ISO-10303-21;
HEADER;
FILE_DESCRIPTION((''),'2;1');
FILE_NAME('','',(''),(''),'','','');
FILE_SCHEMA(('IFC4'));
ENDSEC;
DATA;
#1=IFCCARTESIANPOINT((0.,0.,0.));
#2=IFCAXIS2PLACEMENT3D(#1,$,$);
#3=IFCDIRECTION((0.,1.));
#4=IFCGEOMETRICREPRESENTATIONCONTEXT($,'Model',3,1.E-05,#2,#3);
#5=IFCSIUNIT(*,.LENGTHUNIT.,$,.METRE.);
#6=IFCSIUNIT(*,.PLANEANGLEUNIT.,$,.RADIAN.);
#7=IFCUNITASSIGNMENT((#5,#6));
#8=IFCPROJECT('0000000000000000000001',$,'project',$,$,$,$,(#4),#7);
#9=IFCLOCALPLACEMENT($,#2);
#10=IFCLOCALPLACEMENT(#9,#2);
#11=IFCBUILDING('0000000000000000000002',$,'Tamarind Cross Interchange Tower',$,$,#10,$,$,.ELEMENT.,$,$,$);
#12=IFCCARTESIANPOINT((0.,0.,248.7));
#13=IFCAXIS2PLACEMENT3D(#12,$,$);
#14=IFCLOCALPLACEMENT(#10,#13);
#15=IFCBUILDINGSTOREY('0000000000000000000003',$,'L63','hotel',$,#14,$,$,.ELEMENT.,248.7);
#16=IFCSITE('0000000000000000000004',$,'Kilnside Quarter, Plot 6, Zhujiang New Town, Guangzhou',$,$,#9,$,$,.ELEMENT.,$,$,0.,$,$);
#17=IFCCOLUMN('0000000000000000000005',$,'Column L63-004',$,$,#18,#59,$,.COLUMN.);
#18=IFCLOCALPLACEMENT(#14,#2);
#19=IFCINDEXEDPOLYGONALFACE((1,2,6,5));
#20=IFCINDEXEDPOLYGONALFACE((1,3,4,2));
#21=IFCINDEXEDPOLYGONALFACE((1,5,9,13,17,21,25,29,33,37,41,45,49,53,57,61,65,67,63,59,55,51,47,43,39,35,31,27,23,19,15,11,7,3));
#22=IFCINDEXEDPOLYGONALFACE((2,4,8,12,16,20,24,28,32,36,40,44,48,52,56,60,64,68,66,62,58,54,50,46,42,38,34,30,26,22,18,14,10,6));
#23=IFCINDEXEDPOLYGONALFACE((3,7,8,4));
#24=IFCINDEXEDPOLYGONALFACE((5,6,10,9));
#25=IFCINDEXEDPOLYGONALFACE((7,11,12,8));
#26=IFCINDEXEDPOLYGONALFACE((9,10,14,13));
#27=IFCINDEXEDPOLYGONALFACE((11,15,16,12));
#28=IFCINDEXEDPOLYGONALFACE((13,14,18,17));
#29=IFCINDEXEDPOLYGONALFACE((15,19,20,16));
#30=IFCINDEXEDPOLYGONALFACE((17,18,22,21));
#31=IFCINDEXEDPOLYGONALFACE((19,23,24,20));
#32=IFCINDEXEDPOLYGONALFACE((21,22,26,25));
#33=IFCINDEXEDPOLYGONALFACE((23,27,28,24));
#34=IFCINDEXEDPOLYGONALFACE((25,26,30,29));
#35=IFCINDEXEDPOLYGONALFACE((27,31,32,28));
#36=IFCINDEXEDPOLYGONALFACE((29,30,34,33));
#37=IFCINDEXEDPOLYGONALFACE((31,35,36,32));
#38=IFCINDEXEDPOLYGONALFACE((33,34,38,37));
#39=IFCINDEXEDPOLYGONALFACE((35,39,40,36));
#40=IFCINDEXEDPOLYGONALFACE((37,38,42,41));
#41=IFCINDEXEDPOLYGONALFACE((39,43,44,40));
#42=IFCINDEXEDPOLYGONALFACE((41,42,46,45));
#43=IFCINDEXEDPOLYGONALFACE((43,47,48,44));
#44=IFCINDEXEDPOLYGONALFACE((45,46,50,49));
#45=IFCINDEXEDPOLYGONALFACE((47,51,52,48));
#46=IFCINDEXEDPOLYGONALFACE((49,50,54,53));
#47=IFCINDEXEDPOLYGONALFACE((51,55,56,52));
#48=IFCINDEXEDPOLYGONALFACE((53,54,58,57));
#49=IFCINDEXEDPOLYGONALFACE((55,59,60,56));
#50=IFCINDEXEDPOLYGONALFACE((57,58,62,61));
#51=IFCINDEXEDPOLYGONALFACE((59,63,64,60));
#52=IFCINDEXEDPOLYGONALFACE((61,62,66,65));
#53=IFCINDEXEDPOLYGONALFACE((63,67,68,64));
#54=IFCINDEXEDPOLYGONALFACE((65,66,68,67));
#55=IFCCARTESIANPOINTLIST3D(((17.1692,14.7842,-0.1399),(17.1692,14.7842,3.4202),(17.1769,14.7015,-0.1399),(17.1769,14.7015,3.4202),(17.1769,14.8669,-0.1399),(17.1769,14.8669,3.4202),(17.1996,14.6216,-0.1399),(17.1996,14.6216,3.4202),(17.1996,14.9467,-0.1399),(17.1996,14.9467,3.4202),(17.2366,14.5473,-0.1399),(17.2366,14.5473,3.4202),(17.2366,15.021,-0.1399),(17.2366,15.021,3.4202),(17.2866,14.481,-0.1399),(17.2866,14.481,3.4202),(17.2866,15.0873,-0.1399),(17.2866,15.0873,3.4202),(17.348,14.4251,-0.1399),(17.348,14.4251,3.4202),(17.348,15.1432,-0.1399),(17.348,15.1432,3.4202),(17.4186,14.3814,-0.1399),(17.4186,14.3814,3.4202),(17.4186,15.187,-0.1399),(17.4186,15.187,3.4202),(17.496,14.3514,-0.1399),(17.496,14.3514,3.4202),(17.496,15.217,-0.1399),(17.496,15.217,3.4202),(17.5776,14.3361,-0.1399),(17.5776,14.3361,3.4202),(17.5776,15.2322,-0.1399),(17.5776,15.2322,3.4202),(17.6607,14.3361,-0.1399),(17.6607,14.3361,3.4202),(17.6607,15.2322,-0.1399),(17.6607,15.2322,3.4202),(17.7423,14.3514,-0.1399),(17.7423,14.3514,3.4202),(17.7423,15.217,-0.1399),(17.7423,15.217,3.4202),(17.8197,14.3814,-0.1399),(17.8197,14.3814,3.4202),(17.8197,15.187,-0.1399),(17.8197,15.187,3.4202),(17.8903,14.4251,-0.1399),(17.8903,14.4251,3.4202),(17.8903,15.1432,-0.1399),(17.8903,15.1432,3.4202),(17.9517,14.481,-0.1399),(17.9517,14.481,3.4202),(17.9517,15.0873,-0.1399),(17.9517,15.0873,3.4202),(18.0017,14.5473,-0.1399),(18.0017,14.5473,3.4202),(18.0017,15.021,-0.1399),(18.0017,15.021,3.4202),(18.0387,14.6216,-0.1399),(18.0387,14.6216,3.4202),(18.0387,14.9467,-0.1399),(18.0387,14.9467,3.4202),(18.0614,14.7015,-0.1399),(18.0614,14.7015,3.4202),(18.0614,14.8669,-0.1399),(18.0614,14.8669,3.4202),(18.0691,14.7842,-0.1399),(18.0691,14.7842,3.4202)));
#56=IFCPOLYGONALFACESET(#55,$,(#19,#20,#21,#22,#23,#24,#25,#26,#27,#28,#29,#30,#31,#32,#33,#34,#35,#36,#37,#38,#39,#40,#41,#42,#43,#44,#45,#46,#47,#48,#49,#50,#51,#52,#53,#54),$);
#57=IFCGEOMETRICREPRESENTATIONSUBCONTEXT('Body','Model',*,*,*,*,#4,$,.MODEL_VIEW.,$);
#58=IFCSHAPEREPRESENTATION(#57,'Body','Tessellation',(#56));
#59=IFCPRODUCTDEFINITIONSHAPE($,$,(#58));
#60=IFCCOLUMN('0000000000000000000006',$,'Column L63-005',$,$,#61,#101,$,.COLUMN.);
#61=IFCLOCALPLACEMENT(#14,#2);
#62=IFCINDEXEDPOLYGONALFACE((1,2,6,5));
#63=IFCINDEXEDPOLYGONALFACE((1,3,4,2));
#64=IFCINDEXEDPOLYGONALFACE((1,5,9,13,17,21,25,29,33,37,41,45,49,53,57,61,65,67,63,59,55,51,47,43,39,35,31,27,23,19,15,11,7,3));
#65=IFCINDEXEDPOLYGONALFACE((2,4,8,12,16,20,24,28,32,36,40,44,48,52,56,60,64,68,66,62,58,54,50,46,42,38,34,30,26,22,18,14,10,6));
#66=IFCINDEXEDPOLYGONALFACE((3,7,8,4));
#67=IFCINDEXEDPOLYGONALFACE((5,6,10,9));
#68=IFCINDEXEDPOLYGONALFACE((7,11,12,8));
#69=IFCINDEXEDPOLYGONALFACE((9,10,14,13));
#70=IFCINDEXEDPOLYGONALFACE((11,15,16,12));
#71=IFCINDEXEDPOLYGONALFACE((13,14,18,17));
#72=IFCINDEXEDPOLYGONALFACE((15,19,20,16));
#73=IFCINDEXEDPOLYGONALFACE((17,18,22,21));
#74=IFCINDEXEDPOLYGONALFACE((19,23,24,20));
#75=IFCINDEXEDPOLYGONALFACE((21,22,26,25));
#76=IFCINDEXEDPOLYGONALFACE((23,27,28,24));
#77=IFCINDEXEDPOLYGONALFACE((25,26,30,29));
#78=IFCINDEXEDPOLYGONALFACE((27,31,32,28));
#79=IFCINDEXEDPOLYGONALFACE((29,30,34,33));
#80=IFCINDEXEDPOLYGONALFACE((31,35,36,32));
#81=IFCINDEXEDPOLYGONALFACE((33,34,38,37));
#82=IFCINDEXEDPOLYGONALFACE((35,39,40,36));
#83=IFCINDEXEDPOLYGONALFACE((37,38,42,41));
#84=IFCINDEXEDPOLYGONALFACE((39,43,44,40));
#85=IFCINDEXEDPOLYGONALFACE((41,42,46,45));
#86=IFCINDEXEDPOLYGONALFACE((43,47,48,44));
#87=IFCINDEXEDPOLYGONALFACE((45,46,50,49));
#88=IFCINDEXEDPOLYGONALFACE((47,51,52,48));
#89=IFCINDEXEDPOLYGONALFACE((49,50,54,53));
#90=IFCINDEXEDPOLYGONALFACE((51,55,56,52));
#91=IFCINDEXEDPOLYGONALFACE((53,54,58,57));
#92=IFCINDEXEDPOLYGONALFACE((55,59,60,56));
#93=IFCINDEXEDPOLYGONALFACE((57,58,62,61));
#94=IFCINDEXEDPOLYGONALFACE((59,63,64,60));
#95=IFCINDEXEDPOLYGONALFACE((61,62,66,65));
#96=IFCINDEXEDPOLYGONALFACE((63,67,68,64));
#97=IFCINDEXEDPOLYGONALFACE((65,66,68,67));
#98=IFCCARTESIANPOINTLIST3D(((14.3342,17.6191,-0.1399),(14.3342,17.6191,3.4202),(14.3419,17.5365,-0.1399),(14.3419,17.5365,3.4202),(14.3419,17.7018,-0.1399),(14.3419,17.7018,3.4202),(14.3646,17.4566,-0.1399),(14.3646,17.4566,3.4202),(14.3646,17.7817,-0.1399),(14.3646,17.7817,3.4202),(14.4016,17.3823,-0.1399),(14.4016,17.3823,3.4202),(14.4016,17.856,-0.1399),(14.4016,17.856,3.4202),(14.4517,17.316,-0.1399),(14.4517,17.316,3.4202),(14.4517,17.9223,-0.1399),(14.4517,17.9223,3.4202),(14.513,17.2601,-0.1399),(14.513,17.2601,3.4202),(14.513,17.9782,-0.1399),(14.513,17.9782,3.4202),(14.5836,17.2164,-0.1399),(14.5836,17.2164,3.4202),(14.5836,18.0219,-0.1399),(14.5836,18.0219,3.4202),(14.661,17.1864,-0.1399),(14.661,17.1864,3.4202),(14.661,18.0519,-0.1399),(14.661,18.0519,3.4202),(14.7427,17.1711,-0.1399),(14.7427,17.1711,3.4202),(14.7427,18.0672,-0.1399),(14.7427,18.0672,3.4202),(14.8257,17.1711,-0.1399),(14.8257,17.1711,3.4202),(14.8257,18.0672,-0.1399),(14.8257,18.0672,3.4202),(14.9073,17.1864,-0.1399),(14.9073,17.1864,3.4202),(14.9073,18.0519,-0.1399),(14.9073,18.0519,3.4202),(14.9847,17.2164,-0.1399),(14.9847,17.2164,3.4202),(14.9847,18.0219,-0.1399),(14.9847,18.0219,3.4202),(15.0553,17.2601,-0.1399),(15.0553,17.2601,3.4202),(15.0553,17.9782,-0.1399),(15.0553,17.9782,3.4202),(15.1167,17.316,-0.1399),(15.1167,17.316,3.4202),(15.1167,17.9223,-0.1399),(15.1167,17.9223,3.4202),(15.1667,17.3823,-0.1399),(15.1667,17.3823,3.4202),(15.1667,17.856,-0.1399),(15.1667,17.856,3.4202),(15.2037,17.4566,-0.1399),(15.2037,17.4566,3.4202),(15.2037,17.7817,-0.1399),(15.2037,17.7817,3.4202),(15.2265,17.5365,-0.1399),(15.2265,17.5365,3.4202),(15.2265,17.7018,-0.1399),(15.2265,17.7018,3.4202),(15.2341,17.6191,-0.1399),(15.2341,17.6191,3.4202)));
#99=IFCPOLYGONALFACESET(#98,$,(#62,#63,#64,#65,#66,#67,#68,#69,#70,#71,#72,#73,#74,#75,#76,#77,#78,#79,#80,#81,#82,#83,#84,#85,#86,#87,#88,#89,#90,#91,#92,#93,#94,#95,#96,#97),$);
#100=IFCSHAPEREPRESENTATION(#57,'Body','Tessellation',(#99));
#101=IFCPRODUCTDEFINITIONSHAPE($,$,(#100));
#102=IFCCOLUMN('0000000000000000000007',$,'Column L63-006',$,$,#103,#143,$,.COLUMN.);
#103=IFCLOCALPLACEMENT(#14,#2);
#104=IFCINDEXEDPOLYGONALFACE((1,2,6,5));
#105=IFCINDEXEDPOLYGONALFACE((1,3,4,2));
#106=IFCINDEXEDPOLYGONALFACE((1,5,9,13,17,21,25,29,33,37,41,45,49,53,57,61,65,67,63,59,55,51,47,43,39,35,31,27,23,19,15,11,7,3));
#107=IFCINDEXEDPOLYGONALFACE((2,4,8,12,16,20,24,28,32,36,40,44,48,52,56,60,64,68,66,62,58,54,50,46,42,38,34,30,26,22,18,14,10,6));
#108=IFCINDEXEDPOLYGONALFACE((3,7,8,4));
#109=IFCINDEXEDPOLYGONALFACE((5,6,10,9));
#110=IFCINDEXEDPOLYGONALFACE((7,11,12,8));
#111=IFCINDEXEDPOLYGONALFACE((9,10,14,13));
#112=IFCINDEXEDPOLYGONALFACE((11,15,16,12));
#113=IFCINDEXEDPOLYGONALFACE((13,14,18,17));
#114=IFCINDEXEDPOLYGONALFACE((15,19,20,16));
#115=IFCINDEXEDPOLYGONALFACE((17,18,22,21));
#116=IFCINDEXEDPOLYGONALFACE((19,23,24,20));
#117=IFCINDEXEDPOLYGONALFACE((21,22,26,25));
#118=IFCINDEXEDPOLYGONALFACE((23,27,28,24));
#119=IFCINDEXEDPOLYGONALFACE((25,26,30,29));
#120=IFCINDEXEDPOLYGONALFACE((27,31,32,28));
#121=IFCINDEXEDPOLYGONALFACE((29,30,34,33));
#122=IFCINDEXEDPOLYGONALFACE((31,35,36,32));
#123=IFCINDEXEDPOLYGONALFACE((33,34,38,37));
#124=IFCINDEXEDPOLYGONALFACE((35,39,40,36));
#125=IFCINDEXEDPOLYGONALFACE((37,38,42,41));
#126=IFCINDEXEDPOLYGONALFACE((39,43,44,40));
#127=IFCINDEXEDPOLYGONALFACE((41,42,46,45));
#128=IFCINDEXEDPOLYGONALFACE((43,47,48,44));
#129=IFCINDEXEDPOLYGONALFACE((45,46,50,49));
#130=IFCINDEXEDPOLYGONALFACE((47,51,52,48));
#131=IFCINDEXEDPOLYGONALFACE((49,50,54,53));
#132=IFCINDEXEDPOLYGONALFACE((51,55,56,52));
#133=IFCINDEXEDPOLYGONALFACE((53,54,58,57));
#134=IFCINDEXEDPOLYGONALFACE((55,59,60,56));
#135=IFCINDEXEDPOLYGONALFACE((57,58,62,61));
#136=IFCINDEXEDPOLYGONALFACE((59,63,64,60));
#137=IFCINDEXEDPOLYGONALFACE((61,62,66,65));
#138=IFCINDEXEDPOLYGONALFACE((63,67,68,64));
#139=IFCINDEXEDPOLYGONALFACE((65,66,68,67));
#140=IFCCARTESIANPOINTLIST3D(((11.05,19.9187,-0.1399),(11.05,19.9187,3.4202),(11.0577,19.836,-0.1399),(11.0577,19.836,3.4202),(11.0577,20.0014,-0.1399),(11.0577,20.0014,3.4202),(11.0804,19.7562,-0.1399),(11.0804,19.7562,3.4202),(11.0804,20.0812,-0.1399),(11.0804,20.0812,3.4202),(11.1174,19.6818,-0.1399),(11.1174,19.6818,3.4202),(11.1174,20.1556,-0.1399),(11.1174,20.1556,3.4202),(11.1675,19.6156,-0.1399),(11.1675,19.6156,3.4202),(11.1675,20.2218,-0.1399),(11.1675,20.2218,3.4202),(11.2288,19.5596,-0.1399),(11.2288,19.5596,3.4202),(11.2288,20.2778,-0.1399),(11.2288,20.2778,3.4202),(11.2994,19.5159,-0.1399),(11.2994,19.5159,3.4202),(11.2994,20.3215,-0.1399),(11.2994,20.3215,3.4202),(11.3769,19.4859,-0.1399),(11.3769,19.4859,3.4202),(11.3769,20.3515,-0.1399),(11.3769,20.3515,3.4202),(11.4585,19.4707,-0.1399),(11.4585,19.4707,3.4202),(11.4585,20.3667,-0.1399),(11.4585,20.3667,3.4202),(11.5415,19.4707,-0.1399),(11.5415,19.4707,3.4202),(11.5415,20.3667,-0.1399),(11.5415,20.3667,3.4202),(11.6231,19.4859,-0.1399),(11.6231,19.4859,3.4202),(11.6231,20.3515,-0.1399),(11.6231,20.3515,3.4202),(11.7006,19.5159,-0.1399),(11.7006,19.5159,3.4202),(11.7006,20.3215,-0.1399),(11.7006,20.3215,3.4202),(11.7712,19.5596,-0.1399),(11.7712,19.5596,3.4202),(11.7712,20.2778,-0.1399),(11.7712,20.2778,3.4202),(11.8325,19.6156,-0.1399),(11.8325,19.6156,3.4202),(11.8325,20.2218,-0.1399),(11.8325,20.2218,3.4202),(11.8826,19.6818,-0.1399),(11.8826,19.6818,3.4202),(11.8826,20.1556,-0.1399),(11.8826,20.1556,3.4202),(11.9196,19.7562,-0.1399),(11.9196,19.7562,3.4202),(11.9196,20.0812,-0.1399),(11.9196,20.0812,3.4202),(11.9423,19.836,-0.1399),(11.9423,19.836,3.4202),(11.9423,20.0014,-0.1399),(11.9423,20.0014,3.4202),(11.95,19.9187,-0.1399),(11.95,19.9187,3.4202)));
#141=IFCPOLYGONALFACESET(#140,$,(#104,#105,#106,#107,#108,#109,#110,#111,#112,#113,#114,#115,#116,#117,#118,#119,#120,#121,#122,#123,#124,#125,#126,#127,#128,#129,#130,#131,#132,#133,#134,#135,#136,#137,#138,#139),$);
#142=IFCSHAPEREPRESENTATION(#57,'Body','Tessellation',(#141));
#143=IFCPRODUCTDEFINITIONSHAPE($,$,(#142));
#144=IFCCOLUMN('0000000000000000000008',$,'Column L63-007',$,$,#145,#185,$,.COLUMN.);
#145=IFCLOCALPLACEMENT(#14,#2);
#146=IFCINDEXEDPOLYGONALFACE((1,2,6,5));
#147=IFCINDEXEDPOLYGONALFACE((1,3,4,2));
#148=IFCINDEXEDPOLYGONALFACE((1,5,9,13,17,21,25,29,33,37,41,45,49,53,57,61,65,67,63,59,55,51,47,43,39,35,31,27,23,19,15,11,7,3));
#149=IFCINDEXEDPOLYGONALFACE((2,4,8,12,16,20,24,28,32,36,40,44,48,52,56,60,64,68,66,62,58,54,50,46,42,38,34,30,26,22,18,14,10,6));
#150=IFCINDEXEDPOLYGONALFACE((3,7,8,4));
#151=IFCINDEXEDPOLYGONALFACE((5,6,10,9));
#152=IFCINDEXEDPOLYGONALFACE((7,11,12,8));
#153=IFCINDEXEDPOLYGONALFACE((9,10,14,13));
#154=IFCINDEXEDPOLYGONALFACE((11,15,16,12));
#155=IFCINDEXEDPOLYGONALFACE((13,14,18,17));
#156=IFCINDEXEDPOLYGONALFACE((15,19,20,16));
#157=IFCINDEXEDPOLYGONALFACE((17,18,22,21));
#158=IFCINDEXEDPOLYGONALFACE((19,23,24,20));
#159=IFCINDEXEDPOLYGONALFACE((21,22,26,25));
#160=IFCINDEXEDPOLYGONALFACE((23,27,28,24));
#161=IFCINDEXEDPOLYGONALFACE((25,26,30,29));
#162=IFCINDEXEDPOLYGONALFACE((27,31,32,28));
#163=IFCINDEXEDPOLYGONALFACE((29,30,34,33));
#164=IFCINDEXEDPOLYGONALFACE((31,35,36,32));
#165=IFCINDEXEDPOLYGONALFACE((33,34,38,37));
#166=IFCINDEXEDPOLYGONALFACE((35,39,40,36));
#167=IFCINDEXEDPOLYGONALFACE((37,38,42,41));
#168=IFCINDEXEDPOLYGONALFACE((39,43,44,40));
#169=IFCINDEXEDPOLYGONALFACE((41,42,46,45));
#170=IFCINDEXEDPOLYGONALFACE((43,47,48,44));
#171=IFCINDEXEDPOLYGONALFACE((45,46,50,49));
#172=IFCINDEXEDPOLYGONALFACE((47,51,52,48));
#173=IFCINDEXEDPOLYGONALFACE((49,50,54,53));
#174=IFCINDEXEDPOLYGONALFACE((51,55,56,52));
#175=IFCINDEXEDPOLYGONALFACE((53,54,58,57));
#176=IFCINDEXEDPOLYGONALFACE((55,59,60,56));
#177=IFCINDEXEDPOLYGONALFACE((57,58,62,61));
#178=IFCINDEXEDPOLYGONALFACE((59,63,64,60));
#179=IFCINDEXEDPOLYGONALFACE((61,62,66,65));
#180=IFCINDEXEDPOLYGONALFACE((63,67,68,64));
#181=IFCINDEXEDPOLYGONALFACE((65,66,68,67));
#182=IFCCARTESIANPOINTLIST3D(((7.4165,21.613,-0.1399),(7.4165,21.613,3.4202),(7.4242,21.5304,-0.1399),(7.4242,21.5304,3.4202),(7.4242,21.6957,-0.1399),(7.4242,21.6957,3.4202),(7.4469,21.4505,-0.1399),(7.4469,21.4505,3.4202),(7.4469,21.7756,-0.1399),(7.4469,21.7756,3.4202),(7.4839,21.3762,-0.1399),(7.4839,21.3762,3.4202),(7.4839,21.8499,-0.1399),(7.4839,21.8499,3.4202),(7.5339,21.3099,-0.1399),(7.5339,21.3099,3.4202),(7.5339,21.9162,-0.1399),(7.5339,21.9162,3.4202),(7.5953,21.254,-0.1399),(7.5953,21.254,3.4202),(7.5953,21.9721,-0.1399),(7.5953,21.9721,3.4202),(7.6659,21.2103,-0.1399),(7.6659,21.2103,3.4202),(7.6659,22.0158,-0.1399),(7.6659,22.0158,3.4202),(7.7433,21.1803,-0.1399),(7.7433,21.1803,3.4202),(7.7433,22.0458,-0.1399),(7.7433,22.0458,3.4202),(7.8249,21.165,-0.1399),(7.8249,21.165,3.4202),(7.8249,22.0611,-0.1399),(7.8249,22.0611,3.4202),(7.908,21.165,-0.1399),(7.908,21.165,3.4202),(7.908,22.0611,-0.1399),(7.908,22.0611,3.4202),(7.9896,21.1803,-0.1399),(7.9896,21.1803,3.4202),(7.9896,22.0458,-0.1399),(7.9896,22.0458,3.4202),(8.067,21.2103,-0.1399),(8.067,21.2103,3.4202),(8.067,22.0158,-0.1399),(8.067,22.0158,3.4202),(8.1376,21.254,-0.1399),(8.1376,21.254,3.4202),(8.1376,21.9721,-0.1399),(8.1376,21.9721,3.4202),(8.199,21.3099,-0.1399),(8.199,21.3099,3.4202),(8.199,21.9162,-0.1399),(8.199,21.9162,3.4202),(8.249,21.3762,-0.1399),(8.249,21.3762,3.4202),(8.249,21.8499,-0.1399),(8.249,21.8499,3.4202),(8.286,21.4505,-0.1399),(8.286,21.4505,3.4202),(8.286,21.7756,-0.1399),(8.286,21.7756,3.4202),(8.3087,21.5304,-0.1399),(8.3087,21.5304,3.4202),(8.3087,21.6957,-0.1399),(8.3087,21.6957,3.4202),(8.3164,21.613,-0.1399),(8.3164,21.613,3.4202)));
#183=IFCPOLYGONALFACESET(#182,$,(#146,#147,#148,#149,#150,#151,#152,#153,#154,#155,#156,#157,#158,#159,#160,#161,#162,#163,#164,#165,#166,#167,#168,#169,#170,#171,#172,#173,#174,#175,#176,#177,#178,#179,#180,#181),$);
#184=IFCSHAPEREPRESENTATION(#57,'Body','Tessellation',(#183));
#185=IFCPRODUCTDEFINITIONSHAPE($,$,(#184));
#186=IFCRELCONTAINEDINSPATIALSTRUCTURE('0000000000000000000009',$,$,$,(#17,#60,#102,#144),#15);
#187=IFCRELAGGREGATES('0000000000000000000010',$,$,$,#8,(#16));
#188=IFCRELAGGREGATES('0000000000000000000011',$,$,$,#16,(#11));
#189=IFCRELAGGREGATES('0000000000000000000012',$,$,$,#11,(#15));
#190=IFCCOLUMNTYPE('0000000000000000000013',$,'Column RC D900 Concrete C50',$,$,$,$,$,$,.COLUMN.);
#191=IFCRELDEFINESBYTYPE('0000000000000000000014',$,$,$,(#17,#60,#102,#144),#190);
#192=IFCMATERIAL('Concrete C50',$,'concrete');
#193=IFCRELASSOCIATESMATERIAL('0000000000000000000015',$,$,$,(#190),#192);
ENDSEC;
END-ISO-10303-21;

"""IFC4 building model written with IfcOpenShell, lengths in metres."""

from ifc_helpers import new_model, si_unit, direction, frame, origin, origin_2d, place, context, subcontext, project, spatial, circle, extrude, material, material_profile, profile_set, type_object, element, save


model = new_model("IFC4")

# Units and contexts
model_context = context("Model", 3, precision=1e-05, world=origin(), true_north=direction((0.0, 1.0)))
body_context = subcontext(model_context, "Body", "Model", "MODEL_VIEW")
ifc_project = project(units=[si_unit("LENGTHUNIT", "METRE"), si_unit("PLANEANGLEUNIT", "RADIAN")], contexts=[model_context])

# Site, building, storey
site_placement = place(None, origin())
site = spatial("IfcSite", under=ifc_project, at=site_placement, Name="Kilnside Quarter, Plot 6, Zhujiang New Town, Guangzhou", CompositionType="ELEMENT", RefElevation=0.0)
building_placement = place(site_placement, origin())
building = spatial("IfcBuilding", under=site, at=building_placement, Name="Tamarind Cross Interchange Tower", CompositionType="ELEMENT")
storey_placement = place(building_placement, frame((0.0, 0.0, 248.7)))
storey = spatial("IfcBuildingStorey", under=building, at=storey_placement, Name="L63", Description="hotel", CompositionType="ELEMENT", Elevation=248.7)

# Columns
ifc_material_1 = material(Name="Concrete C50", Category="concrete")
ifc_material_profile_1 = material_profile(ifc_material_1, circle(Radius=0.45, at=origin_2d()), Name="RC D900")
ifc_profile_set_1 = profile_set([ifc_material_profile_1], Name="Concrete C50")
column_type = type_object("IfcColumnType", Name="Column RC D900 Concrete C50", PredefinedType="COLUMN", material=ifc_profile_set_1)
for number, where, z_axis, x_axis, name in (
    (1, (17.6191, 14.7842, -0.1399), (0.0, 0.0, 1.0), (1.0, 0.0, 0.0), "Column L63-004"),
    (2, (14.7842, 17.6191, -0.1399), (0.0, 0.0, 1.0), (1.0, 0.0, 0.0), "Column L63-005"),
    (3, (11.5, 19.9187, -0.1399), (0.0, 0.0, 1.0), (1.0, 0.0, 0.0), "Column L63-006"),
    (4, (7.8665, 21.613, -0.1399), (0.0, 0.0, 1.0), (1.0, 0.0, 0.0), "Column L63-007"),
):
    element("IfcColumn", number, at=place(storey_placement, frame(where, z_axis=z_axis, x_axis=x_axis)), inside=storey, type_object=column_type, Name=name, PredefinedType="COLUMN", context=body_context, shape_type="SweptSolid", body=[
        extrude(circle(Radius=0.45, at=origin_2d()), origin(), (0.0, 0.0, 1.0), 3.5601),
    ])

save(model, "model.ifc")
